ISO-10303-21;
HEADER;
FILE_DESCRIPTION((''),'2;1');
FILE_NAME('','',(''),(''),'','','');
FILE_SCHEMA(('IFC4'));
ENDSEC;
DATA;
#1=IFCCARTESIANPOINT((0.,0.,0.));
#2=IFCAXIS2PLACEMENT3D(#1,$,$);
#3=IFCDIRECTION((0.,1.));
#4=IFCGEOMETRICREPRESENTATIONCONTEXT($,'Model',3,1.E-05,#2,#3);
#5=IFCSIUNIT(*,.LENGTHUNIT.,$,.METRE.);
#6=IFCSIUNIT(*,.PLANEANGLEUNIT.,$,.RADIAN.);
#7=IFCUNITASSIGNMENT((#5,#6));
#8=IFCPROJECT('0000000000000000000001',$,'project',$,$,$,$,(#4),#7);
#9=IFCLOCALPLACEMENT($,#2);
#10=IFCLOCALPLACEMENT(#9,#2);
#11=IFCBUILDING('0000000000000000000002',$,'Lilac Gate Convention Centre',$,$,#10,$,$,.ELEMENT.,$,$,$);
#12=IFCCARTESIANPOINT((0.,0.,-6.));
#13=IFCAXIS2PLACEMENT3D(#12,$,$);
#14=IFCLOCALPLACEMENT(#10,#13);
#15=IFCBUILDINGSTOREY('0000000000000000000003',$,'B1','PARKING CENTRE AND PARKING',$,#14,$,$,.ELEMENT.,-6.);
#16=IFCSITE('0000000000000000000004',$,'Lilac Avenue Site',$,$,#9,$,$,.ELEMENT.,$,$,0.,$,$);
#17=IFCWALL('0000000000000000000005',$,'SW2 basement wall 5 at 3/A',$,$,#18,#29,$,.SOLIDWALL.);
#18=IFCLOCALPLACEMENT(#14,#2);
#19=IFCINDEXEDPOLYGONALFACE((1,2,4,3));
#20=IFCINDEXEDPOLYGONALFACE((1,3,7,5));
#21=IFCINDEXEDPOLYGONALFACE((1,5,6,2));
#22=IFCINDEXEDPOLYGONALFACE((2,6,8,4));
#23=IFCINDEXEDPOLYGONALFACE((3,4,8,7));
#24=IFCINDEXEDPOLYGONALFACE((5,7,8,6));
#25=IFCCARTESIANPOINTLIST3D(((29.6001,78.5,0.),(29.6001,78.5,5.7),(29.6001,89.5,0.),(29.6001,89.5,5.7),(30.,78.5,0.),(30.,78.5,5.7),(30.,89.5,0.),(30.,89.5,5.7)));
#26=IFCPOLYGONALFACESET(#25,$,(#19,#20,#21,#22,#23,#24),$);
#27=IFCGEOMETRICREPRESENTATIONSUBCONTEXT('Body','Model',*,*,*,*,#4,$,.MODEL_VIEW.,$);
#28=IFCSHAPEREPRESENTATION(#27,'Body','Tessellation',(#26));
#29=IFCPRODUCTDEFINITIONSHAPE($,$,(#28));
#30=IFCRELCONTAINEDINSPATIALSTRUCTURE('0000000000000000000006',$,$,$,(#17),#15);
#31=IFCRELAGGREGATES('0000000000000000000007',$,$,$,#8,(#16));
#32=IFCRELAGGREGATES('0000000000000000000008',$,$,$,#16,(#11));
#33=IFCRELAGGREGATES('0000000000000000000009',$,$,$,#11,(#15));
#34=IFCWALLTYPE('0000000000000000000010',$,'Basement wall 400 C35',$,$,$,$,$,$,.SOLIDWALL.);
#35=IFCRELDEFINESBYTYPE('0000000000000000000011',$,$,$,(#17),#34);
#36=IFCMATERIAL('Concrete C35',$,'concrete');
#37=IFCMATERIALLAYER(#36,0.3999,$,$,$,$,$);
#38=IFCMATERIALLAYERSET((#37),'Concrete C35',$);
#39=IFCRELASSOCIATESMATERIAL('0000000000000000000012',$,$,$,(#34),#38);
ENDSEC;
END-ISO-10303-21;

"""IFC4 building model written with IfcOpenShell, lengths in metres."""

from ifc_helpers import new_model, si_unit, direction, frame, frame_2d, origin, place, context, subcontext, project, spatial, rectangle, extrude, material, layer, layer_set, type_object, element, save


model = new_model("IFC4")

# Units and contexts
model_context = context("Model", 3, precision=1e-05, world=origin(), true_north=direction((0.0, 1.0)))
body_context = subcontext(model_context, "Body", "Model", "MODEL_VIEW")
ifc_project = project(units=[si_unit("LENGTHUNIT", "METRE"), si_unit("PLANEANGLEUNIT", "RADIAN")], contexts=[model_context])

# Site, building, storey
site_placement = place(None, origin())
site = spatial("IfcSite", under=ifc_project, at=site_placement, Name="Lilac Avenue Site", CompositionType="ELEMENT", RefElevation=0.0)
building_placement = place(site_placement, origin())
building = spatial("IfcBuilding", under=site, at=building_placement, Name="Lilac Gate Convention Centre", CompositionType="ELEMENT")
storey_placement = place(building_placement, frame((0.0, 0.0, -6.0)))
storey = spatial("IfcBuildingStorey", under=building, at=storey_placement, Name="B1", Description="PARKING CENTRE AND PARKING", CompositionType="ELEMENT", Elevation=-6.0)

# Shared definitions
ifc_material_1 = material(Name="Concrete C35", Category="concrete")

# Wall
ifc_layer = layer(ifc_material_1, 0.3999)
ifc_layer_set = layer_set([ifc_layer], Name="Concrete C35")
wall_type = type_object("IfcWallType", Name="Basement wall 400 C35", PredefinedType="SOLIDWALL", material=ifc_layer_set)
wall_placement = place(storey_placement, frame((29.8, 78.5, 0.0), z_axis=(0.0, 0.0, 1.0), x_axis=(0.0, 1.0, 0.0)))
element("IfcWall", 1, at=wall_placement, inside=storey, type_object=wall_type, Name="SW2 basement wall 5 at 3/A", PredefinedType="SOLIDWALL", context=body_context, shape_type="SweptSolid", body=[
    extrude(rectangle(XDim=11.0, YDim=0.3999, at=frame_2d((5.5, 0.0))), origin(), (0.0, 0.0, 1.0), 5.7),
])

save(model, "model.ifc")
